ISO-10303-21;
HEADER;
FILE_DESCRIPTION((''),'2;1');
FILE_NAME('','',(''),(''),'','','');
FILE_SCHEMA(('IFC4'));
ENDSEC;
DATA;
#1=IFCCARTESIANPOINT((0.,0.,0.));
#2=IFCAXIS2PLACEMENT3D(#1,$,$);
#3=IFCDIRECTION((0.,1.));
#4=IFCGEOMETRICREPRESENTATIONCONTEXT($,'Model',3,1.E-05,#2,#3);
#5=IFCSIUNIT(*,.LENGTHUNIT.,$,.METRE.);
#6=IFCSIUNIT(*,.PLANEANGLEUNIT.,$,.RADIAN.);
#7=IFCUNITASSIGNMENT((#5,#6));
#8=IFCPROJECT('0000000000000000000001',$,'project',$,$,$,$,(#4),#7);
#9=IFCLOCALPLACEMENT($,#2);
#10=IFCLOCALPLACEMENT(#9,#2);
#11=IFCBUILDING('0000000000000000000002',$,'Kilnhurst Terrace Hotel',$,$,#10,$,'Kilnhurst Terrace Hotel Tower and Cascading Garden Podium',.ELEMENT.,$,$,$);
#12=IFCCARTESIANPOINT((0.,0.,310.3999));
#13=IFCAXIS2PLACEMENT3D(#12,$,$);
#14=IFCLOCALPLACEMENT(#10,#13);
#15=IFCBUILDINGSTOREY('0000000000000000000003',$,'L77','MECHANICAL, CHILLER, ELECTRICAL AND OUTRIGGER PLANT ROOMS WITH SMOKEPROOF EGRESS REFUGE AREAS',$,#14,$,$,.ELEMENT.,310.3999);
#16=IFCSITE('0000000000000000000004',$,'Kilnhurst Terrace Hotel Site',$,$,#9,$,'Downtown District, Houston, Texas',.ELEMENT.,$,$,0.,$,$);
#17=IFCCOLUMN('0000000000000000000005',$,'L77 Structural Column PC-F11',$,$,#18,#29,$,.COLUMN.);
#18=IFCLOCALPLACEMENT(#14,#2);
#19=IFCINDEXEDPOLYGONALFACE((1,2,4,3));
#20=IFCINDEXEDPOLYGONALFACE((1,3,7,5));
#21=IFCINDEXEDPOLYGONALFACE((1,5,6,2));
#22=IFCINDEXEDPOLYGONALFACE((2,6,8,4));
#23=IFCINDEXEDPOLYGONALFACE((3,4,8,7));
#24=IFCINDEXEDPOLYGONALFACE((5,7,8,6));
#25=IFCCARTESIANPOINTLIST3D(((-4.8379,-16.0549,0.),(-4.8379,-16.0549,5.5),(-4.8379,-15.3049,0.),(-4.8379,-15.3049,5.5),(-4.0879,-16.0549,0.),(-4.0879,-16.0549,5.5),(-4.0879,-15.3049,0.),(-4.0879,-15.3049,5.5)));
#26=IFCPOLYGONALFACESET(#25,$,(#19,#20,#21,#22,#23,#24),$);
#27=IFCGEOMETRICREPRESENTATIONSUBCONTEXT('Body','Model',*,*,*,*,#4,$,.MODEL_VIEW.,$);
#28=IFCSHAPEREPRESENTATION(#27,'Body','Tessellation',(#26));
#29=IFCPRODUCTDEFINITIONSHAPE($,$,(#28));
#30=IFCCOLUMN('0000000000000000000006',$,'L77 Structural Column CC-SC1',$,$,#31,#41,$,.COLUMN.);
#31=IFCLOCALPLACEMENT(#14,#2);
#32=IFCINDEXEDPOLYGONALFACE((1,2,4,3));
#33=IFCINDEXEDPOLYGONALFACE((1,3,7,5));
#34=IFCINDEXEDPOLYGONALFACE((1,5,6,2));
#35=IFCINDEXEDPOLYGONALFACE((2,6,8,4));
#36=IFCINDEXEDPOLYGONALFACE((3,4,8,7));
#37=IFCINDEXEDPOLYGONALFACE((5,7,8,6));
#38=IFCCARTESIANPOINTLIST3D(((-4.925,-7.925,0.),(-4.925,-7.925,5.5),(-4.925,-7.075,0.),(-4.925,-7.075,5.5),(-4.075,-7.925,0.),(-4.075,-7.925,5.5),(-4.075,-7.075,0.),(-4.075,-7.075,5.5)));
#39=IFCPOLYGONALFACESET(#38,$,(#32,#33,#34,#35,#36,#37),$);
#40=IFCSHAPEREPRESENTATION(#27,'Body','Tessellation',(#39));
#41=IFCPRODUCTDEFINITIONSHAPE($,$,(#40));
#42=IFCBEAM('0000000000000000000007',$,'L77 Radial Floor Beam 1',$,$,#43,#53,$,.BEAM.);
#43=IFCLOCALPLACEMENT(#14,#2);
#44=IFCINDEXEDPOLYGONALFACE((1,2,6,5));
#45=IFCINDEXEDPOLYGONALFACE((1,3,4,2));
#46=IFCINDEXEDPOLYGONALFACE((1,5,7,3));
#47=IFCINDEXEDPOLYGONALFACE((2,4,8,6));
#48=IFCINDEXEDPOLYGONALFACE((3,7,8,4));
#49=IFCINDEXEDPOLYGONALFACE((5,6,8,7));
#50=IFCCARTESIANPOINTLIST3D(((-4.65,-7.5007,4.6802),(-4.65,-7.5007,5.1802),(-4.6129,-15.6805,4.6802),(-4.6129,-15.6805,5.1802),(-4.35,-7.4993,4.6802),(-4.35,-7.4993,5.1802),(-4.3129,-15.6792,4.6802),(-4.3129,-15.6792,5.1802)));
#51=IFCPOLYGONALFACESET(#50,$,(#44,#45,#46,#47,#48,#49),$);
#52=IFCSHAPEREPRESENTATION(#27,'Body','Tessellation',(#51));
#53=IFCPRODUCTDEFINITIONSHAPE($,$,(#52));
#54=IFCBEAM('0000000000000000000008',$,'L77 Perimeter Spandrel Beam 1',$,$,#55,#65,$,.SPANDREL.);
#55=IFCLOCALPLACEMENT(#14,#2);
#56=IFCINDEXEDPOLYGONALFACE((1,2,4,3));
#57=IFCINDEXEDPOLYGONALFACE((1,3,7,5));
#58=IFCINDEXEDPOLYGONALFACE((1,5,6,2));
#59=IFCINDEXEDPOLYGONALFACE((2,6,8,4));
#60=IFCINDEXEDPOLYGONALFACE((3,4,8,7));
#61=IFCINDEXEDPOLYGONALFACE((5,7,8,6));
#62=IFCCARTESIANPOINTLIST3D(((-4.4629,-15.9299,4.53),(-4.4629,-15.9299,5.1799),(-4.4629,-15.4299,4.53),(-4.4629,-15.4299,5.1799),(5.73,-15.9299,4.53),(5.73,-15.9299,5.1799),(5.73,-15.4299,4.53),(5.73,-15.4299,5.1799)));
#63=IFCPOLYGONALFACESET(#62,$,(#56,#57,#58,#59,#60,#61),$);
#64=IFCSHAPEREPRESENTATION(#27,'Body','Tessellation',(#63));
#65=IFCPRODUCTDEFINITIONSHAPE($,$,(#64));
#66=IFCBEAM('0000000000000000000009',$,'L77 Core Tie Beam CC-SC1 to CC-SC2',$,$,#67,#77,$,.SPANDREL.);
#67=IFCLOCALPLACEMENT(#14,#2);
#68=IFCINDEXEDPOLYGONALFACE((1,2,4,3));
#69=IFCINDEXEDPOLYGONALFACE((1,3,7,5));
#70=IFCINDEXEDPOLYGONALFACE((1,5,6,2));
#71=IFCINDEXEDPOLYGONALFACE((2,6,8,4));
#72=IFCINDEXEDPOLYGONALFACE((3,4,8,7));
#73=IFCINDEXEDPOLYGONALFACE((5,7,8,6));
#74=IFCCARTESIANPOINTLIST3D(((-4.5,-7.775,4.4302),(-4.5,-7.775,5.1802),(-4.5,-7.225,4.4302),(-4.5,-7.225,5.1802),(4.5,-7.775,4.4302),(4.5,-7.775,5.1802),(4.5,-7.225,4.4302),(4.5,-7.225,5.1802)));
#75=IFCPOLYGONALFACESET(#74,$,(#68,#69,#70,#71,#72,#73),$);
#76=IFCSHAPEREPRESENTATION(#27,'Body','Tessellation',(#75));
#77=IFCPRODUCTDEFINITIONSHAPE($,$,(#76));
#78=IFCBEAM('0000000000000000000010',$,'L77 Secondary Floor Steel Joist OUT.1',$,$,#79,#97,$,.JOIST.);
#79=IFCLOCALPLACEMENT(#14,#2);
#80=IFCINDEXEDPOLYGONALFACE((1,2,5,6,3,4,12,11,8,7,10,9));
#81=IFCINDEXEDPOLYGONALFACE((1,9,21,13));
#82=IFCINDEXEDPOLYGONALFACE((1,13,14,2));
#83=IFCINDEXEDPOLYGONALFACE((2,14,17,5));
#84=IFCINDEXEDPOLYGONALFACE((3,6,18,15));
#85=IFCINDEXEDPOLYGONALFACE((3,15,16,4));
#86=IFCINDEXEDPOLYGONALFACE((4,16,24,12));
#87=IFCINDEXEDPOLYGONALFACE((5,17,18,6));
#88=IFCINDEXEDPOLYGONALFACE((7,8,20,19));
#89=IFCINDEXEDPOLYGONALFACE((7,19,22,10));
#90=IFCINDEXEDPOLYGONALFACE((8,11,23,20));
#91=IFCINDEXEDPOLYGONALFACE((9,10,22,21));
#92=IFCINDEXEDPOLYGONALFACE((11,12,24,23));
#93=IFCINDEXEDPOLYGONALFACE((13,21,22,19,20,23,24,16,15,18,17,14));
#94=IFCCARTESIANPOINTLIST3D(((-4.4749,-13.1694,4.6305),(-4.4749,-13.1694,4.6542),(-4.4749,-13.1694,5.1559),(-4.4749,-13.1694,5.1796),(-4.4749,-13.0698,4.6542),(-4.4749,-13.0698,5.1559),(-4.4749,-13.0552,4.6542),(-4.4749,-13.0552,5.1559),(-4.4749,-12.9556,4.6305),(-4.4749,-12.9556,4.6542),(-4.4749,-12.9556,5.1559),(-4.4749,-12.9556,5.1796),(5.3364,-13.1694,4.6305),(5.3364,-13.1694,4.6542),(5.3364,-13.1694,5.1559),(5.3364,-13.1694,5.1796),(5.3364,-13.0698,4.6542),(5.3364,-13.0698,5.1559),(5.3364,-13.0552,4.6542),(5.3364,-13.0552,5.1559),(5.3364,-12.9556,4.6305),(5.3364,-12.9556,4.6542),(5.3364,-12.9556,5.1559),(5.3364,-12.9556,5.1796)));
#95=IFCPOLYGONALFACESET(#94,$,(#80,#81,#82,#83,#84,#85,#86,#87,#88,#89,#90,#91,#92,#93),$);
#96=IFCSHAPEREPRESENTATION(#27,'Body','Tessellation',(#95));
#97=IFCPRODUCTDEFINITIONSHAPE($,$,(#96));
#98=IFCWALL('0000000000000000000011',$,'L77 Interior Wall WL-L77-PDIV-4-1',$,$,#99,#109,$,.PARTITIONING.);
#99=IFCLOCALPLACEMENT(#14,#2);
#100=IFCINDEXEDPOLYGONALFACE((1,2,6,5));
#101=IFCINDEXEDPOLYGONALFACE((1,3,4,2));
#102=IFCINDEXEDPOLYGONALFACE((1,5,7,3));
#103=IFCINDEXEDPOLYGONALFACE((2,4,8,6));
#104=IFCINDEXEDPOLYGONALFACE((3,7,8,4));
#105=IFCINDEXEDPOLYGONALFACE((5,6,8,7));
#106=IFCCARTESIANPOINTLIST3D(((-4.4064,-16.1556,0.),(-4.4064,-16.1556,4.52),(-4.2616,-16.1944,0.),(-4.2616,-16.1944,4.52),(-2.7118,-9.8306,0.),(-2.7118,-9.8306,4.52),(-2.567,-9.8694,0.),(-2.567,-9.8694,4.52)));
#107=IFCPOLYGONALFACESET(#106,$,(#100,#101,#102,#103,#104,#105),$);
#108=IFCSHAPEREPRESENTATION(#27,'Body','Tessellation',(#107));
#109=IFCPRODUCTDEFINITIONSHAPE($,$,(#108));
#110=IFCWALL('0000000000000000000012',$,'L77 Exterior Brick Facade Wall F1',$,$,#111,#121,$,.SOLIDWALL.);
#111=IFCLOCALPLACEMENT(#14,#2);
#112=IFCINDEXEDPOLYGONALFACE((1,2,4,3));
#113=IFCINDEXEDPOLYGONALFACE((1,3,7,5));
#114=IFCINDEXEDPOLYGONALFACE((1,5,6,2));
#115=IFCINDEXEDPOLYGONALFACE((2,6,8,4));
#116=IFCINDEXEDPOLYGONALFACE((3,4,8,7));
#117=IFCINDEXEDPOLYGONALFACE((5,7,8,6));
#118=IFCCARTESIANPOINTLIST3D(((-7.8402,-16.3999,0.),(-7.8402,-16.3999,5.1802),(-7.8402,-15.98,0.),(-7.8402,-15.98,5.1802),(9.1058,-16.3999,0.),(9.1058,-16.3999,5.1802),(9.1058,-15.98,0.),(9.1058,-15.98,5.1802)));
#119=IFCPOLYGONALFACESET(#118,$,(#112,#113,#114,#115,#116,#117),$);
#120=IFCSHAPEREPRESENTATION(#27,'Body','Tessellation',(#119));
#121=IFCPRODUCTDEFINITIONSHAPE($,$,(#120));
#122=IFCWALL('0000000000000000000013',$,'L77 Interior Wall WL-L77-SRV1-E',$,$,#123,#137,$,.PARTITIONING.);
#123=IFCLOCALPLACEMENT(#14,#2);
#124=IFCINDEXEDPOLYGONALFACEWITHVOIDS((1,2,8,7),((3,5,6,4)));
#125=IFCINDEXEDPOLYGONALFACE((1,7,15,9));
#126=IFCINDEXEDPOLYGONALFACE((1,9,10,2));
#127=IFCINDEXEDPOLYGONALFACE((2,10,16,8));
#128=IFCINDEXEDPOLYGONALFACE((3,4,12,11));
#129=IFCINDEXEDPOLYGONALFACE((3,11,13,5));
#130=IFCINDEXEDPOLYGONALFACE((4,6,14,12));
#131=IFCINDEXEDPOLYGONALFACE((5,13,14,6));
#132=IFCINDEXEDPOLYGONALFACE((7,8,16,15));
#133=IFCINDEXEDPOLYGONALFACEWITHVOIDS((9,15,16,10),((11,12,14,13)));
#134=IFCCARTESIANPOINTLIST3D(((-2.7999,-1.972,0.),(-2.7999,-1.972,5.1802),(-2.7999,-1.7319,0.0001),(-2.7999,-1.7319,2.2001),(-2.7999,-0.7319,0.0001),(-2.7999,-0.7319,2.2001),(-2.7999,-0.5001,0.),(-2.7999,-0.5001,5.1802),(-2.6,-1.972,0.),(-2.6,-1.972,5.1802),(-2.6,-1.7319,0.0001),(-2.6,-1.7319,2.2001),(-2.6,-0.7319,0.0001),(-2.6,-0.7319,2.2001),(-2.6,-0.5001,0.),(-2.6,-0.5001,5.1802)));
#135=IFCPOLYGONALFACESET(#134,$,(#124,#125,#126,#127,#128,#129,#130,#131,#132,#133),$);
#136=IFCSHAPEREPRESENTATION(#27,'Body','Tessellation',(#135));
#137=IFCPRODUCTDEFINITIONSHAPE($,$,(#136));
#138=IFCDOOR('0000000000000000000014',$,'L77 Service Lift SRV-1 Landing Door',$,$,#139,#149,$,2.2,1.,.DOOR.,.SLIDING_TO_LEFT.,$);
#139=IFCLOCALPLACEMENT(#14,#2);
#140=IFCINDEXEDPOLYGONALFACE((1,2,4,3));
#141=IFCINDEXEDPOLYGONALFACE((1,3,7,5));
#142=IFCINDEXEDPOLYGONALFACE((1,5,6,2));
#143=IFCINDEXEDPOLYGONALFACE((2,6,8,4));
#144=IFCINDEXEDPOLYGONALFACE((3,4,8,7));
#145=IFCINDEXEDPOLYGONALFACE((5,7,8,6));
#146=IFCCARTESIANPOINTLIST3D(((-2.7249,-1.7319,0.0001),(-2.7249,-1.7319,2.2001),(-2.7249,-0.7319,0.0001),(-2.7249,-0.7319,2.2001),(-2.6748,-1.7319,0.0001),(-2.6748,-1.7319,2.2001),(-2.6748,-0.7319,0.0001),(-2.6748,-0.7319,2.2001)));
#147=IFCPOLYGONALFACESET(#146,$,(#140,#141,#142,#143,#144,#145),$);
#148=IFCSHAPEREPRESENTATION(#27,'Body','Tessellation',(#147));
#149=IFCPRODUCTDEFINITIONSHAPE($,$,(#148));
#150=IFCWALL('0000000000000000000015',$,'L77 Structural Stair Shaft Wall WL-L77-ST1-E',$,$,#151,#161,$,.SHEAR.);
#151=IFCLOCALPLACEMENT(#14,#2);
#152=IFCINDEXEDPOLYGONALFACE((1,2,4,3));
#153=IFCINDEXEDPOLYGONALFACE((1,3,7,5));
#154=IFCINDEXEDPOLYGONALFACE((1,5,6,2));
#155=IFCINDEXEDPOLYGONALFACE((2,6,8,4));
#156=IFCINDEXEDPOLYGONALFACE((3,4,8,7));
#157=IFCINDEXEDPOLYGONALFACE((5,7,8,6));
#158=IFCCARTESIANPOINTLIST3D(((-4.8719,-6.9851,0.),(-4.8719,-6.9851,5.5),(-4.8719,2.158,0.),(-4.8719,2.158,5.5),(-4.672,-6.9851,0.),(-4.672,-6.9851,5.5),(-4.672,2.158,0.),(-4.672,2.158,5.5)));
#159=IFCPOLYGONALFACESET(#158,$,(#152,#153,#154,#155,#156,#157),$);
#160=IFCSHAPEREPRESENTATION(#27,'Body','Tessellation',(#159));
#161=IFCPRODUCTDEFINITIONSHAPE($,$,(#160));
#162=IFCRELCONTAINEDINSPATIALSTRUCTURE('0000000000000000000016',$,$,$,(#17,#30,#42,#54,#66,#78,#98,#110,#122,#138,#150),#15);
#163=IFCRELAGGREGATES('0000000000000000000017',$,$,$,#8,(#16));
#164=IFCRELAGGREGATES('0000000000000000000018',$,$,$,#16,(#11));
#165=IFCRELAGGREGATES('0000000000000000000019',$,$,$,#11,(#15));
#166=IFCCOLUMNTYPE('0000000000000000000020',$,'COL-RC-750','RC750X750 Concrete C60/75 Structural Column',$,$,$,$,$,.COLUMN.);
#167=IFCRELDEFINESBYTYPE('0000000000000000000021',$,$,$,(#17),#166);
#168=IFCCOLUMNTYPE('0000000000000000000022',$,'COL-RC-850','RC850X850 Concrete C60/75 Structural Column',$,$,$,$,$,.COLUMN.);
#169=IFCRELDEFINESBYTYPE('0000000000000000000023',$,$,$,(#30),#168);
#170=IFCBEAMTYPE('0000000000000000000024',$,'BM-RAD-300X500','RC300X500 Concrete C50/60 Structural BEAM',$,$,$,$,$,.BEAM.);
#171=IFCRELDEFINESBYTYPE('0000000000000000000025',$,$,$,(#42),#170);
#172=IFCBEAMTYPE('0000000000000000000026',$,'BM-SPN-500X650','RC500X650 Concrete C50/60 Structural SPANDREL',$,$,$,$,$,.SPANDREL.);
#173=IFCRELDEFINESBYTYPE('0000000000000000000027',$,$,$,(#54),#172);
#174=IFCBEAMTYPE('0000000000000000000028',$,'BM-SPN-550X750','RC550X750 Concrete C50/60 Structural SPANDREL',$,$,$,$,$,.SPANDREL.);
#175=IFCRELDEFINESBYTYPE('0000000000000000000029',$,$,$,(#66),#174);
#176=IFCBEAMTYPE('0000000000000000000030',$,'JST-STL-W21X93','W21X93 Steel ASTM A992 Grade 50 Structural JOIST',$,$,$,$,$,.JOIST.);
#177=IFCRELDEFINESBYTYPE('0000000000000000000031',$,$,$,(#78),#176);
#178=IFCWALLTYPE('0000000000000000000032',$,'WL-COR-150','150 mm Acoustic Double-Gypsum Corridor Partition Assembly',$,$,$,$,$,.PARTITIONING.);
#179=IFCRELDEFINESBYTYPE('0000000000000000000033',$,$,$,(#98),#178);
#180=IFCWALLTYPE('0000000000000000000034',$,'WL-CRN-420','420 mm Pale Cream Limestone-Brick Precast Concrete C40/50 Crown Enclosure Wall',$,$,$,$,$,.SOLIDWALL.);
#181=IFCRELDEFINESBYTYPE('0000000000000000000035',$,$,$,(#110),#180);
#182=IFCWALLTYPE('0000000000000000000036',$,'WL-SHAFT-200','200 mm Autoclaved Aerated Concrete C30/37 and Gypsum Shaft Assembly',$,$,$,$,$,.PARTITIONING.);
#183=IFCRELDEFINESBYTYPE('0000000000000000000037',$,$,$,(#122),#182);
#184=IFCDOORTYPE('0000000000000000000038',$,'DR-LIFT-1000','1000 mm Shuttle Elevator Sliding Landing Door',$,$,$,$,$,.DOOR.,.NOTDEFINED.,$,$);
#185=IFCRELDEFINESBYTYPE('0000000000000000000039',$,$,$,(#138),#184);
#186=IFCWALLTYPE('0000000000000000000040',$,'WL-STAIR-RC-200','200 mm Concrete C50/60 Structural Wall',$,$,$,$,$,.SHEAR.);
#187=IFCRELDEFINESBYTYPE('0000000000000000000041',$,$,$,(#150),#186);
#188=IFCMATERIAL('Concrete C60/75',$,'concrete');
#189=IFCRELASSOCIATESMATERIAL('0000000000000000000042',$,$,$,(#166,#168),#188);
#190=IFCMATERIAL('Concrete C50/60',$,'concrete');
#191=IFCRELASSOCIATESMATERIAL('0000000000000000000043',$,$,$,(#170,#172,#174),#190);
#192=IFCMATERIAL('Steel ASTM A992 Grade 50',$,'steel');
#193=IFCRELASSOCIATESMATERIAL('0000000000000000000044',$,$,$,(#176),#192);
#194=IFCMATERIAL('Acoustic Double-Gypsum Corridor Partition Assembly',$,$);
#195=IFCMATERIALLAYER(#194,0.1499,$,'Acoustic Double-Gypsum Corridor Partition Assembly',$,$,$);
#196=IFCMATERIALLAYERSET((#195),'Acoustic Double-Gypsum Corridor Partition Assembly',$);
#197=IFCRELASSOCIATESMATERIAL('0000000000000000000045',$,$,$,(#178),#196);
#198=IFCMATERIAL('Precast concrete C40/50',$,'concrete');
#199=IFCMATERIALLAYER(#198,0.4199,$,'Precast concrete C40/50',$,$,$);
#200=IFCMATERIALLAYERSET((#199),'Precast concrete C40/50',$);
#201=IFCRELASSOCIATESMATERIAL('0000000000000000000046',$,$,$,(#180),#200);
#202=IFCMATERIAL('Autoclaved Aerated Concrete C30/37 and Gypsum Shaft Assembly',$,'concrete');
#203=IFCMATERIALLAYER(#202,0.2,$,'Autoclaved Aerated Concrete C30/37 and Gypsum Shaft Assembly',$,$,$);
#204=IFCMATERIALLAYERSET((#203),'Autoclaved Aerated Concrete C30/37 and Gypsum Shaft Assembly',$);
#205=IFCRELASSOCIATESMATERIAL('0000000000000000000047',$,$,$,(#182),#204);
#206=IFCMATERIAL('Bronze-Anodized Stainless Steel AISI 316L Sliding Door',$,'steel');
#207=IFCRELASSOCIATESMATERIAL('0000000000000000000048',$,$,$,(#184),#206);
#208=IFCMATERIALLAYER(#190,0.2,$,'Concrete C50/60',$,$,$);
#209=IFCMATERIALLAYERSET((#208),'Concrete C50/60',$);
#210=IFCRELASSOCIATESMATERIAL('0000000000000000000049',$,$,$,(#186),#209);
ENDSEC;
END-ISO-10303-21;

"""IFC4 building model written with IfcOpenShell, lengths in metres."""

from ifc_helpers import new_model, si_unit, direction, frame, frame_2d, origin, origin_2d, place, context, subcontext, project, spatial, rectangle, i_section, extrude, material, layer, layer_set, material_profile, profile_set, type_object, element, fill, save


model = new_model("IFC4")

# Units and contexts
model_context = context("Model", 3, precision=1e-05, world=origin(), true_north=direction((0.0, 1.0)))
body_context = subcontext(model_context, "Body", "Model", "MODEL_VIEW")
ifc_project = project(units=[si_unit("LENGTHUNIT", "METRE"), si_unit("PLANEANGLEUNIT", "RADIAN")], contexts=[model_context])

# Site, building, storey
site_placement = place(None, origin())
site = spatial("IfcSite", under=ifc_project, at=site_placement, Name="Kilnhurst Terrace Hotel Site", LongName="Downtown District, Houston, Texas", CompositionType="ELEMENT", RefElevation=0.0)
building_placement = place(site_placement, origin())
building = spatial("IfcBuilding", under=site, at=building_placement, Name="Kilnhurst Terrace Hotel", LongName="Kilnhurst Terrace Hotel Tower and Cascading Garden Podium", CompositionType="ELEMENT")
storey_placement = place(building_placement, frame((0.0, 0.0, 310.3999)))
storey = spatial("IfcBuildingStorey", under=building, at=storey_placement, Name="L77", Description="MECHANICAL, CHILLER, ELECTRICAL AND OUTRIGGER PLANT ROOMS WITH SMOKEPROOF EGRESS REFUGE AREAS", CompositionType="ELEMENT", Elevation=310.3999)

# Columns
ifc_material_1 = material(Name="Concrete C60/75", Category="concrete")
ifc_material_profile_1 = material_profile(ifc_material_1, rectangle(XDim=0.75, YDim=0.75, at=origin_2d()), Name="RC750X750")
ifc_profile_set_1 = profile_set([ifc_material_profile_1], Name="Concrete C60/75")
column_type_1 = type_object("IfcColumnType", Name="COL-RC-750", Description="RC750X750 Concrete C60/75 Structural Column", PredefinedType="COLUMN", material=ifc_profile_set_1)
column_1_placement = place(storey_placement, frame((-4.4629, -15.6799, 0.0), z_axis=(0.0, 0.0, 1.0), x_axis=(1.0, 0.0, 0.0)))
element("IfcColumn", 1, at=column_1_placement, inside=storey, type_object=column_type_1, Name="L77 Structural Column PC-F11", PredefinedType="COLUMN", context=body_context, shape_type="SweptSolid", body=[
    extrude(rectangle(XDim=0.75, YDim=0.75, at=origin_2d()), origin(), (0.0, 0.0, 1.0), 5.5),
])
ifc_material_profile_2 = material_profile(ifc_material_1, rectangle(XDim=0.8501, YDim=0.8501, at=origin_2d()), Name="RC850X850")
ifc_profile_set_2 = profile_set([ifc_material_profile_2], Name="Concrete C60/75")
column_type_2 = type_object("IfcColumnType", Name="COL-RC-850", Description="RC850X850 Concrete C60/75 Structural Column", PredefinedType="COLUMN", material=ifc_profile_set_2)
column_2_placement = place(storey_placement, frame((-4.5, -7.5, 0.0), z_axis=(0.0, 0.0, 1.0), x_axis=(1.0, 0.0, 0.0)))
element("IfcColumn", 2, at=column_2_placement, inside=storey, type_object=column_type_2, Name="L77 Structural Column CC-SC1", PredefinedType="COLUMN", context=body_context, shape_type="SweptSolid", body=[
    extrude(rectangle(XDim=0.8501, YDim=0.8501, at=origin_2d()), origin(), (0.0, 0.0, 1.0), 5.5),
])

# Beams
ifc_material_2 = material(Name="Concrete C50/60", Category="concrete")
ifc_material_profile_3 = material_profile(ifc_material_2, rectangle(XDim=0.3, YDim=0.5, at=origin_2d()), Name="RC300X500")
ifc_profile_set_3 = profile_set([ifc_material_profile_3], Name="Concrete C50/60")
beam_type_1 = type_object("IfcBeamType", Name="BM-RAD-300X500", Description="RC300X500 Concrete C50/60 Structural BEAM", PredefinedType="BEAM", material=ifc_profile_set_3)
beam_1_placement = place(storey_placement, frame((-4.5, -7.5, 4.9302), z_axis=(0.004537, -0.99999, 0.0), x_axis=(0.99999, 0.004537, 0.0)))
element("IfcBeam", 3, at=beam_1_placement, inside=storey, type_object=beam_type_1, Name="L77 Radial Floor Beam 1", PredefinedType="BEAM", context=body_context, shape_type="SweptSolid", body=[
    extrude(rectangle(XDim=0.3, YDim=0.5, at=origin_2d()), origin(), (0.0, 0.0, 1.0), 8.1799),
])
ifc_material_profile_4 = material_profile(ifc_material_2, rectangle(XDim=0.5, YDim=0.6499, at=origin_2d()), Name="RC500X650")
ifc_profile_set_4 = profile_set([ifc_material_profile_4], Name="Concrete C50/60")
beam_type_2 = type_object("IfcBeamType", Name="BM-SPN-500X650", Description="RC500X650 Concrete C50/60 Structural SPANDREL", PredefinedType="SPANDREL", material=ifc_profile_set_4)
beam_2_placement = place(storey_placement, frame((-4.4629, -15.6799, 4.855), z_axis=(1.0, 0.0, 0.0), x_axis=(0.0, 1.0, 0.0)))
element("IfcBeam", 4, at=beam_2_placement, inside=storey, type_object=beam_type_2, Name="L77 Perimeter Spandrel Beam 1", PredefinedType="SPANDREL", context=body_context, shape_type="SweptSolid", body=[
    extrude(rectangle(XDim=0.5, YDim=0.6499, at=origin_2d()), origin(), (0.0, 0.0, 1.0), 10.1929),
])
ifc_material_profile_5 = material_profile(ifc_material_2, rectangle(XDim=0.55, YDim=0.75, at=origin_2d()), Name="RC550X750")
ifc_profile_set_5 = profile_set([ifc_material_profile_5], Name="Concrete C50/60")
beam_type_3 = type_object("IfcBeamType", Name="BM-SPN-550X750", Description="RC550X750 Concrete C50/60 Structural SPANDREL", PredefinedType="SPANDREL", material=ifc_profile_set_5)
beam_3_placement = place(storey_placement, frame((-4.5, -7.5, 4.8052), z_axis=(1.0, 0.0, 0.0), x_axis=(0.0, 1.0, 0.0)))
element("IfcBeam", 5, at=beam_3_placement, inside=storey, type_object=beam_type_3, Name="L77 Core Tie Beam CC-SC1 to CC-SC2", PredefinedType="SPANDREL", context=body_context, shape_type="SweptSolid", body=[
    extrude(rectangle(XDim=0.55, YDim=0.75, at=origin_2d()), origin(), (0.0, 0.0, 1.0), 9.0),
])
ifc_material_3 = material(Name="Steel ASTM A992 Grade 50", Category="steel")
ifc_material_profile_6 = material_profile(ifc_material_3, i_section(OverallWidth=0.2139, OverallDepth=0.5491, WebThickness=0.0146, FlangeThickness=0.0237, at=origin_2d()), Name="W21X93")
ifc_profile_set_6 = profile_set([ifc_material_profile_6], Name="Steel ASTM A992 Grade 50")
beam_type_4 = type_object("IfcBeamType", Name="JST-STL-W21X93", Description="W21X93 Steel ASTM A992 Grade 50 Structural JOIST", PredefinedType="JOIST", material=ifc_profile_set_6)
beam_4_placement = place(storey_placement, frame((-4.4749, -13.0625, 4.905), z_axis=(1.0, 0.0, 0.0), x_axis=(0.0, 1.0, 0.0)))
element("IfcBeam", 6, at=beam_4_placement, inside=storey, type_object=beam_type_4, Name="L77 Secondary Floor Steel Joist OUT.1", PredefinedType="JOIST", context=body_context, shape_type="SweptSolid", body=[
    extrude(i_section(OverallWidth=0.2139, OverallDepth=0.5491, WebThickness=0.0146, FlangeThickness=0.0237, at=origin_2d()), origin(), (0.0, 0.0, 1.0), 9.8113),
])

# Walls
ifc_material_4 = material(Name="Acoustic Double-Gypsum Corridor Partition Assembly")
ifc_layer_1 = layer(ifc_material_4, 0.1499, Name="Acoustic Double-Gypsum Corridor Partition Assembly")
ifc_layer_set_1 = layer_set([ifc_layer_1], Name="Acoustic Double-Gypsum Corridor Partition Assembly")
wall_type_1 = type_object("IfcWallType", Name="WL-COR-150", Description="150 mm Acoustic Double-Gypsum Corridor Partition Assembly", PredefinedType="PARTITIONING", material=ifc_layer_set_1)
wall_1_placement = place(storey_placement, frame((-2.6394, -9.8501, 0.0), z_axis=(0.0, 0.0, 1.0), x_axis=(-0.258793, -0.965933, 0.0)))
element("IfcWall", 7, at=wall_1_placement, inside=storey, type_object=wall_type_1, Name="L77 Interior Wall WL-L77-PDIV-4-1", PredefinedType="PARTITIONING", context=body_context, shape_type="SweptSolid", body=[
    extrude(rectangle(XDim=6.5481, YDim=0.1499, at=frame_2d((3.2739, 0.0))), origin(), (0.0, 0.0, 1.0), 4.52),
])
ifc_material_5 = material(Name="Precast concrete C40/50", Category="concrete")
ifc_layer_2 = layer(ifc_material_5, 0.4199, Name="Precast concrete C40/50")
ifc_layer_set_2 = layer_set([ifc_layer_2], Name="Precast concrete C40/50")
wall_type_2 = type_object("IfcWallType", Name="WL-CRN-420", Description="420 mm Pale Cream Limestone-Brick Precast Concrete C40/50 Crown Enclosure Wall", PredefinedType="SOLIDWALL", material=ifc_layer_set_2)
wall_2_placement = place(storey_placement, frame((-7.8403, -16.1899, 0.0), z_axis=(0.0, 0.0, 1.0), x_axis=(1.0, 0.0, 0.0)))
element("IfcWall", 8, at=wall_2_placement, inside=storey, type_object=wall_type_2, Name="L77 Exterior Brick Facade Wall F1", PredefinedType="SOLIDWALL", context=body_context, shape_type="SweptSolid", body=[
    extrude(rectangle(XDim=16.946, YDim=0.4199, at=frame_2d((8.4731, 0.0))), origin(), (0.0, 0.0, 1.0), 5.1802),
])

# Wall, opening, door
ifc_material_6 = material(Name="Autoclaved Aerated Concrete C30/37 and Gypsum Shaft Assembly", Category="concrete")
ifc_layer_3 = layer(ifc_material_6, 0.2, Name="Autoclaved Aerated Concrete C30/37 and Gypsum Shaft Assembly")
ifc_layer_set_3 = layer_set([ifc_layer_3], Name="Autoclaved Aerated Concrete C30/37 and Gypsum Shaft Assembly")
wall_type_3 = type_object("IfcWallType", Name="WL-SHAFT-200", Description="200 mm Autoclaved Aerated Concrete C30/37 and Gypsum Shaft Assembly", PredefinedType="PARTITIONING", material=ifc_layer_set_3)
wall_3_placement = place(storey_placement, frame((-2.7, -1.9719, 0.0), z_axis=(0.0, 0.0, 1.0), x_axis=(0.0, 1.0, 0.0)))
wall_3 = element("IfcWall", 9, at=wall_3_placement, inside=storey, type_object=wall_type_3, Name="L77 Interior Wall WL-L77-SRV1-E", PredefinedType="PARTITIONING", context=body_context, shape_type="SweptSolid", body=[
    extrude(rectangle(XDim=1.4719, YDim=0.2, at=frame_2d((0.7358, 0.0))), origin(), (0.0, 0.0, 1.0), 5.1802),
])
opening_1_placement = place(wall_3_placement, frame((0.24, 0.0, 0.0)))
opening_1 = element("IfcOpeningElement", 10, at=opening_1_placement, cuts=wall_3, PredefinedType="OPENING", context=body_context, shape_type="SweptSolid", body=[
    extrude(rectangle(XDim=1.0, YDim=2.2, at=frame_2d((0.5, 1.1001))), frame((0.0, 0.1099, 0.0), z_axis=(0.0, -1.0, 0.0), x_axis=(1.0, 0.0, 0.0)), (0.0, 0.0, 1.0), 0.22),
])
ifc_material_7 = material(Name="Bronze-Anodized Stainless Steel AISI 316L Sliding Door", Category="steel")
door_type_1 = type_object("IfcDoorType", Name="DR-LIFT-1000", Description="1000 mm Shuttle Elevator Sliding Landing Door", OperationType="NOTDEFINED", PredefinedType="DOOR", material=ifc_material_7)
door_1_placement = place(opening_1_placement, origin())
door_1 = element("IfcDoor", 11, at=door_1_placement, inside=storey, type_object=door_type_1, Name="L77 Service Lift SRV-1 Landing Door", OperationType="SLIDING_TO_LEFT", OverallHeight=2.2, OverallWidth=1.0, PredefinedType="DOOR", context=body_context, shape_type="SweptSolid", body=[
    extrude(rectangle(XDim=1.0, YDim=2.2, at=frame_2d((0.5, 1.1001))), frame((0.0, 0.0249, 0.0), z_axis=(0.0, -1.0, 0.0), x_axis=(1.0, 0.0, 0.0)), (0.0, 0.0, 1.0), 0.05),
])
fill(opening_1, door_1)

# Wall
ifc_layer_4 = layer(ifc_material_2, 0.2, Name="Concrete C50/60")
ifc_layer_set_4 = layer_set([ifc_layer_4], Name="Concrete C50/60")
wall_type_4 = type_object("IfcWallType", Name="WL-STAIR-RC-200", Description="200 mm Concrete C50/60 Structural Wall", PredefinedType="SHEAR", material=ifc_layer_set_4)
wall_4_placement = place(storey_placement, frame((-4.772, -6.9851, 0.0), z_axis=(0.0, 0.0, 1.0), x_axis=(0.0, 1.0, 0.0)))
element("IfcWall", 12, at=wall_4_placement, inside=storey, type_object=wall_type_4, Name="L77 Structural Stair Shaft Wall WL-L77-ST1-E", PredefinedType="SHEAR", context=body_context, shape_type="SweptSolid", body=[
    extrude(rectangle(XDim=9.1431, YDim=0.2, at=frame_2d((4.5715, 0.0))), origin(), (0.0, 0.0, 1.0), 5.5),
])

save(model, "model.ifc")
